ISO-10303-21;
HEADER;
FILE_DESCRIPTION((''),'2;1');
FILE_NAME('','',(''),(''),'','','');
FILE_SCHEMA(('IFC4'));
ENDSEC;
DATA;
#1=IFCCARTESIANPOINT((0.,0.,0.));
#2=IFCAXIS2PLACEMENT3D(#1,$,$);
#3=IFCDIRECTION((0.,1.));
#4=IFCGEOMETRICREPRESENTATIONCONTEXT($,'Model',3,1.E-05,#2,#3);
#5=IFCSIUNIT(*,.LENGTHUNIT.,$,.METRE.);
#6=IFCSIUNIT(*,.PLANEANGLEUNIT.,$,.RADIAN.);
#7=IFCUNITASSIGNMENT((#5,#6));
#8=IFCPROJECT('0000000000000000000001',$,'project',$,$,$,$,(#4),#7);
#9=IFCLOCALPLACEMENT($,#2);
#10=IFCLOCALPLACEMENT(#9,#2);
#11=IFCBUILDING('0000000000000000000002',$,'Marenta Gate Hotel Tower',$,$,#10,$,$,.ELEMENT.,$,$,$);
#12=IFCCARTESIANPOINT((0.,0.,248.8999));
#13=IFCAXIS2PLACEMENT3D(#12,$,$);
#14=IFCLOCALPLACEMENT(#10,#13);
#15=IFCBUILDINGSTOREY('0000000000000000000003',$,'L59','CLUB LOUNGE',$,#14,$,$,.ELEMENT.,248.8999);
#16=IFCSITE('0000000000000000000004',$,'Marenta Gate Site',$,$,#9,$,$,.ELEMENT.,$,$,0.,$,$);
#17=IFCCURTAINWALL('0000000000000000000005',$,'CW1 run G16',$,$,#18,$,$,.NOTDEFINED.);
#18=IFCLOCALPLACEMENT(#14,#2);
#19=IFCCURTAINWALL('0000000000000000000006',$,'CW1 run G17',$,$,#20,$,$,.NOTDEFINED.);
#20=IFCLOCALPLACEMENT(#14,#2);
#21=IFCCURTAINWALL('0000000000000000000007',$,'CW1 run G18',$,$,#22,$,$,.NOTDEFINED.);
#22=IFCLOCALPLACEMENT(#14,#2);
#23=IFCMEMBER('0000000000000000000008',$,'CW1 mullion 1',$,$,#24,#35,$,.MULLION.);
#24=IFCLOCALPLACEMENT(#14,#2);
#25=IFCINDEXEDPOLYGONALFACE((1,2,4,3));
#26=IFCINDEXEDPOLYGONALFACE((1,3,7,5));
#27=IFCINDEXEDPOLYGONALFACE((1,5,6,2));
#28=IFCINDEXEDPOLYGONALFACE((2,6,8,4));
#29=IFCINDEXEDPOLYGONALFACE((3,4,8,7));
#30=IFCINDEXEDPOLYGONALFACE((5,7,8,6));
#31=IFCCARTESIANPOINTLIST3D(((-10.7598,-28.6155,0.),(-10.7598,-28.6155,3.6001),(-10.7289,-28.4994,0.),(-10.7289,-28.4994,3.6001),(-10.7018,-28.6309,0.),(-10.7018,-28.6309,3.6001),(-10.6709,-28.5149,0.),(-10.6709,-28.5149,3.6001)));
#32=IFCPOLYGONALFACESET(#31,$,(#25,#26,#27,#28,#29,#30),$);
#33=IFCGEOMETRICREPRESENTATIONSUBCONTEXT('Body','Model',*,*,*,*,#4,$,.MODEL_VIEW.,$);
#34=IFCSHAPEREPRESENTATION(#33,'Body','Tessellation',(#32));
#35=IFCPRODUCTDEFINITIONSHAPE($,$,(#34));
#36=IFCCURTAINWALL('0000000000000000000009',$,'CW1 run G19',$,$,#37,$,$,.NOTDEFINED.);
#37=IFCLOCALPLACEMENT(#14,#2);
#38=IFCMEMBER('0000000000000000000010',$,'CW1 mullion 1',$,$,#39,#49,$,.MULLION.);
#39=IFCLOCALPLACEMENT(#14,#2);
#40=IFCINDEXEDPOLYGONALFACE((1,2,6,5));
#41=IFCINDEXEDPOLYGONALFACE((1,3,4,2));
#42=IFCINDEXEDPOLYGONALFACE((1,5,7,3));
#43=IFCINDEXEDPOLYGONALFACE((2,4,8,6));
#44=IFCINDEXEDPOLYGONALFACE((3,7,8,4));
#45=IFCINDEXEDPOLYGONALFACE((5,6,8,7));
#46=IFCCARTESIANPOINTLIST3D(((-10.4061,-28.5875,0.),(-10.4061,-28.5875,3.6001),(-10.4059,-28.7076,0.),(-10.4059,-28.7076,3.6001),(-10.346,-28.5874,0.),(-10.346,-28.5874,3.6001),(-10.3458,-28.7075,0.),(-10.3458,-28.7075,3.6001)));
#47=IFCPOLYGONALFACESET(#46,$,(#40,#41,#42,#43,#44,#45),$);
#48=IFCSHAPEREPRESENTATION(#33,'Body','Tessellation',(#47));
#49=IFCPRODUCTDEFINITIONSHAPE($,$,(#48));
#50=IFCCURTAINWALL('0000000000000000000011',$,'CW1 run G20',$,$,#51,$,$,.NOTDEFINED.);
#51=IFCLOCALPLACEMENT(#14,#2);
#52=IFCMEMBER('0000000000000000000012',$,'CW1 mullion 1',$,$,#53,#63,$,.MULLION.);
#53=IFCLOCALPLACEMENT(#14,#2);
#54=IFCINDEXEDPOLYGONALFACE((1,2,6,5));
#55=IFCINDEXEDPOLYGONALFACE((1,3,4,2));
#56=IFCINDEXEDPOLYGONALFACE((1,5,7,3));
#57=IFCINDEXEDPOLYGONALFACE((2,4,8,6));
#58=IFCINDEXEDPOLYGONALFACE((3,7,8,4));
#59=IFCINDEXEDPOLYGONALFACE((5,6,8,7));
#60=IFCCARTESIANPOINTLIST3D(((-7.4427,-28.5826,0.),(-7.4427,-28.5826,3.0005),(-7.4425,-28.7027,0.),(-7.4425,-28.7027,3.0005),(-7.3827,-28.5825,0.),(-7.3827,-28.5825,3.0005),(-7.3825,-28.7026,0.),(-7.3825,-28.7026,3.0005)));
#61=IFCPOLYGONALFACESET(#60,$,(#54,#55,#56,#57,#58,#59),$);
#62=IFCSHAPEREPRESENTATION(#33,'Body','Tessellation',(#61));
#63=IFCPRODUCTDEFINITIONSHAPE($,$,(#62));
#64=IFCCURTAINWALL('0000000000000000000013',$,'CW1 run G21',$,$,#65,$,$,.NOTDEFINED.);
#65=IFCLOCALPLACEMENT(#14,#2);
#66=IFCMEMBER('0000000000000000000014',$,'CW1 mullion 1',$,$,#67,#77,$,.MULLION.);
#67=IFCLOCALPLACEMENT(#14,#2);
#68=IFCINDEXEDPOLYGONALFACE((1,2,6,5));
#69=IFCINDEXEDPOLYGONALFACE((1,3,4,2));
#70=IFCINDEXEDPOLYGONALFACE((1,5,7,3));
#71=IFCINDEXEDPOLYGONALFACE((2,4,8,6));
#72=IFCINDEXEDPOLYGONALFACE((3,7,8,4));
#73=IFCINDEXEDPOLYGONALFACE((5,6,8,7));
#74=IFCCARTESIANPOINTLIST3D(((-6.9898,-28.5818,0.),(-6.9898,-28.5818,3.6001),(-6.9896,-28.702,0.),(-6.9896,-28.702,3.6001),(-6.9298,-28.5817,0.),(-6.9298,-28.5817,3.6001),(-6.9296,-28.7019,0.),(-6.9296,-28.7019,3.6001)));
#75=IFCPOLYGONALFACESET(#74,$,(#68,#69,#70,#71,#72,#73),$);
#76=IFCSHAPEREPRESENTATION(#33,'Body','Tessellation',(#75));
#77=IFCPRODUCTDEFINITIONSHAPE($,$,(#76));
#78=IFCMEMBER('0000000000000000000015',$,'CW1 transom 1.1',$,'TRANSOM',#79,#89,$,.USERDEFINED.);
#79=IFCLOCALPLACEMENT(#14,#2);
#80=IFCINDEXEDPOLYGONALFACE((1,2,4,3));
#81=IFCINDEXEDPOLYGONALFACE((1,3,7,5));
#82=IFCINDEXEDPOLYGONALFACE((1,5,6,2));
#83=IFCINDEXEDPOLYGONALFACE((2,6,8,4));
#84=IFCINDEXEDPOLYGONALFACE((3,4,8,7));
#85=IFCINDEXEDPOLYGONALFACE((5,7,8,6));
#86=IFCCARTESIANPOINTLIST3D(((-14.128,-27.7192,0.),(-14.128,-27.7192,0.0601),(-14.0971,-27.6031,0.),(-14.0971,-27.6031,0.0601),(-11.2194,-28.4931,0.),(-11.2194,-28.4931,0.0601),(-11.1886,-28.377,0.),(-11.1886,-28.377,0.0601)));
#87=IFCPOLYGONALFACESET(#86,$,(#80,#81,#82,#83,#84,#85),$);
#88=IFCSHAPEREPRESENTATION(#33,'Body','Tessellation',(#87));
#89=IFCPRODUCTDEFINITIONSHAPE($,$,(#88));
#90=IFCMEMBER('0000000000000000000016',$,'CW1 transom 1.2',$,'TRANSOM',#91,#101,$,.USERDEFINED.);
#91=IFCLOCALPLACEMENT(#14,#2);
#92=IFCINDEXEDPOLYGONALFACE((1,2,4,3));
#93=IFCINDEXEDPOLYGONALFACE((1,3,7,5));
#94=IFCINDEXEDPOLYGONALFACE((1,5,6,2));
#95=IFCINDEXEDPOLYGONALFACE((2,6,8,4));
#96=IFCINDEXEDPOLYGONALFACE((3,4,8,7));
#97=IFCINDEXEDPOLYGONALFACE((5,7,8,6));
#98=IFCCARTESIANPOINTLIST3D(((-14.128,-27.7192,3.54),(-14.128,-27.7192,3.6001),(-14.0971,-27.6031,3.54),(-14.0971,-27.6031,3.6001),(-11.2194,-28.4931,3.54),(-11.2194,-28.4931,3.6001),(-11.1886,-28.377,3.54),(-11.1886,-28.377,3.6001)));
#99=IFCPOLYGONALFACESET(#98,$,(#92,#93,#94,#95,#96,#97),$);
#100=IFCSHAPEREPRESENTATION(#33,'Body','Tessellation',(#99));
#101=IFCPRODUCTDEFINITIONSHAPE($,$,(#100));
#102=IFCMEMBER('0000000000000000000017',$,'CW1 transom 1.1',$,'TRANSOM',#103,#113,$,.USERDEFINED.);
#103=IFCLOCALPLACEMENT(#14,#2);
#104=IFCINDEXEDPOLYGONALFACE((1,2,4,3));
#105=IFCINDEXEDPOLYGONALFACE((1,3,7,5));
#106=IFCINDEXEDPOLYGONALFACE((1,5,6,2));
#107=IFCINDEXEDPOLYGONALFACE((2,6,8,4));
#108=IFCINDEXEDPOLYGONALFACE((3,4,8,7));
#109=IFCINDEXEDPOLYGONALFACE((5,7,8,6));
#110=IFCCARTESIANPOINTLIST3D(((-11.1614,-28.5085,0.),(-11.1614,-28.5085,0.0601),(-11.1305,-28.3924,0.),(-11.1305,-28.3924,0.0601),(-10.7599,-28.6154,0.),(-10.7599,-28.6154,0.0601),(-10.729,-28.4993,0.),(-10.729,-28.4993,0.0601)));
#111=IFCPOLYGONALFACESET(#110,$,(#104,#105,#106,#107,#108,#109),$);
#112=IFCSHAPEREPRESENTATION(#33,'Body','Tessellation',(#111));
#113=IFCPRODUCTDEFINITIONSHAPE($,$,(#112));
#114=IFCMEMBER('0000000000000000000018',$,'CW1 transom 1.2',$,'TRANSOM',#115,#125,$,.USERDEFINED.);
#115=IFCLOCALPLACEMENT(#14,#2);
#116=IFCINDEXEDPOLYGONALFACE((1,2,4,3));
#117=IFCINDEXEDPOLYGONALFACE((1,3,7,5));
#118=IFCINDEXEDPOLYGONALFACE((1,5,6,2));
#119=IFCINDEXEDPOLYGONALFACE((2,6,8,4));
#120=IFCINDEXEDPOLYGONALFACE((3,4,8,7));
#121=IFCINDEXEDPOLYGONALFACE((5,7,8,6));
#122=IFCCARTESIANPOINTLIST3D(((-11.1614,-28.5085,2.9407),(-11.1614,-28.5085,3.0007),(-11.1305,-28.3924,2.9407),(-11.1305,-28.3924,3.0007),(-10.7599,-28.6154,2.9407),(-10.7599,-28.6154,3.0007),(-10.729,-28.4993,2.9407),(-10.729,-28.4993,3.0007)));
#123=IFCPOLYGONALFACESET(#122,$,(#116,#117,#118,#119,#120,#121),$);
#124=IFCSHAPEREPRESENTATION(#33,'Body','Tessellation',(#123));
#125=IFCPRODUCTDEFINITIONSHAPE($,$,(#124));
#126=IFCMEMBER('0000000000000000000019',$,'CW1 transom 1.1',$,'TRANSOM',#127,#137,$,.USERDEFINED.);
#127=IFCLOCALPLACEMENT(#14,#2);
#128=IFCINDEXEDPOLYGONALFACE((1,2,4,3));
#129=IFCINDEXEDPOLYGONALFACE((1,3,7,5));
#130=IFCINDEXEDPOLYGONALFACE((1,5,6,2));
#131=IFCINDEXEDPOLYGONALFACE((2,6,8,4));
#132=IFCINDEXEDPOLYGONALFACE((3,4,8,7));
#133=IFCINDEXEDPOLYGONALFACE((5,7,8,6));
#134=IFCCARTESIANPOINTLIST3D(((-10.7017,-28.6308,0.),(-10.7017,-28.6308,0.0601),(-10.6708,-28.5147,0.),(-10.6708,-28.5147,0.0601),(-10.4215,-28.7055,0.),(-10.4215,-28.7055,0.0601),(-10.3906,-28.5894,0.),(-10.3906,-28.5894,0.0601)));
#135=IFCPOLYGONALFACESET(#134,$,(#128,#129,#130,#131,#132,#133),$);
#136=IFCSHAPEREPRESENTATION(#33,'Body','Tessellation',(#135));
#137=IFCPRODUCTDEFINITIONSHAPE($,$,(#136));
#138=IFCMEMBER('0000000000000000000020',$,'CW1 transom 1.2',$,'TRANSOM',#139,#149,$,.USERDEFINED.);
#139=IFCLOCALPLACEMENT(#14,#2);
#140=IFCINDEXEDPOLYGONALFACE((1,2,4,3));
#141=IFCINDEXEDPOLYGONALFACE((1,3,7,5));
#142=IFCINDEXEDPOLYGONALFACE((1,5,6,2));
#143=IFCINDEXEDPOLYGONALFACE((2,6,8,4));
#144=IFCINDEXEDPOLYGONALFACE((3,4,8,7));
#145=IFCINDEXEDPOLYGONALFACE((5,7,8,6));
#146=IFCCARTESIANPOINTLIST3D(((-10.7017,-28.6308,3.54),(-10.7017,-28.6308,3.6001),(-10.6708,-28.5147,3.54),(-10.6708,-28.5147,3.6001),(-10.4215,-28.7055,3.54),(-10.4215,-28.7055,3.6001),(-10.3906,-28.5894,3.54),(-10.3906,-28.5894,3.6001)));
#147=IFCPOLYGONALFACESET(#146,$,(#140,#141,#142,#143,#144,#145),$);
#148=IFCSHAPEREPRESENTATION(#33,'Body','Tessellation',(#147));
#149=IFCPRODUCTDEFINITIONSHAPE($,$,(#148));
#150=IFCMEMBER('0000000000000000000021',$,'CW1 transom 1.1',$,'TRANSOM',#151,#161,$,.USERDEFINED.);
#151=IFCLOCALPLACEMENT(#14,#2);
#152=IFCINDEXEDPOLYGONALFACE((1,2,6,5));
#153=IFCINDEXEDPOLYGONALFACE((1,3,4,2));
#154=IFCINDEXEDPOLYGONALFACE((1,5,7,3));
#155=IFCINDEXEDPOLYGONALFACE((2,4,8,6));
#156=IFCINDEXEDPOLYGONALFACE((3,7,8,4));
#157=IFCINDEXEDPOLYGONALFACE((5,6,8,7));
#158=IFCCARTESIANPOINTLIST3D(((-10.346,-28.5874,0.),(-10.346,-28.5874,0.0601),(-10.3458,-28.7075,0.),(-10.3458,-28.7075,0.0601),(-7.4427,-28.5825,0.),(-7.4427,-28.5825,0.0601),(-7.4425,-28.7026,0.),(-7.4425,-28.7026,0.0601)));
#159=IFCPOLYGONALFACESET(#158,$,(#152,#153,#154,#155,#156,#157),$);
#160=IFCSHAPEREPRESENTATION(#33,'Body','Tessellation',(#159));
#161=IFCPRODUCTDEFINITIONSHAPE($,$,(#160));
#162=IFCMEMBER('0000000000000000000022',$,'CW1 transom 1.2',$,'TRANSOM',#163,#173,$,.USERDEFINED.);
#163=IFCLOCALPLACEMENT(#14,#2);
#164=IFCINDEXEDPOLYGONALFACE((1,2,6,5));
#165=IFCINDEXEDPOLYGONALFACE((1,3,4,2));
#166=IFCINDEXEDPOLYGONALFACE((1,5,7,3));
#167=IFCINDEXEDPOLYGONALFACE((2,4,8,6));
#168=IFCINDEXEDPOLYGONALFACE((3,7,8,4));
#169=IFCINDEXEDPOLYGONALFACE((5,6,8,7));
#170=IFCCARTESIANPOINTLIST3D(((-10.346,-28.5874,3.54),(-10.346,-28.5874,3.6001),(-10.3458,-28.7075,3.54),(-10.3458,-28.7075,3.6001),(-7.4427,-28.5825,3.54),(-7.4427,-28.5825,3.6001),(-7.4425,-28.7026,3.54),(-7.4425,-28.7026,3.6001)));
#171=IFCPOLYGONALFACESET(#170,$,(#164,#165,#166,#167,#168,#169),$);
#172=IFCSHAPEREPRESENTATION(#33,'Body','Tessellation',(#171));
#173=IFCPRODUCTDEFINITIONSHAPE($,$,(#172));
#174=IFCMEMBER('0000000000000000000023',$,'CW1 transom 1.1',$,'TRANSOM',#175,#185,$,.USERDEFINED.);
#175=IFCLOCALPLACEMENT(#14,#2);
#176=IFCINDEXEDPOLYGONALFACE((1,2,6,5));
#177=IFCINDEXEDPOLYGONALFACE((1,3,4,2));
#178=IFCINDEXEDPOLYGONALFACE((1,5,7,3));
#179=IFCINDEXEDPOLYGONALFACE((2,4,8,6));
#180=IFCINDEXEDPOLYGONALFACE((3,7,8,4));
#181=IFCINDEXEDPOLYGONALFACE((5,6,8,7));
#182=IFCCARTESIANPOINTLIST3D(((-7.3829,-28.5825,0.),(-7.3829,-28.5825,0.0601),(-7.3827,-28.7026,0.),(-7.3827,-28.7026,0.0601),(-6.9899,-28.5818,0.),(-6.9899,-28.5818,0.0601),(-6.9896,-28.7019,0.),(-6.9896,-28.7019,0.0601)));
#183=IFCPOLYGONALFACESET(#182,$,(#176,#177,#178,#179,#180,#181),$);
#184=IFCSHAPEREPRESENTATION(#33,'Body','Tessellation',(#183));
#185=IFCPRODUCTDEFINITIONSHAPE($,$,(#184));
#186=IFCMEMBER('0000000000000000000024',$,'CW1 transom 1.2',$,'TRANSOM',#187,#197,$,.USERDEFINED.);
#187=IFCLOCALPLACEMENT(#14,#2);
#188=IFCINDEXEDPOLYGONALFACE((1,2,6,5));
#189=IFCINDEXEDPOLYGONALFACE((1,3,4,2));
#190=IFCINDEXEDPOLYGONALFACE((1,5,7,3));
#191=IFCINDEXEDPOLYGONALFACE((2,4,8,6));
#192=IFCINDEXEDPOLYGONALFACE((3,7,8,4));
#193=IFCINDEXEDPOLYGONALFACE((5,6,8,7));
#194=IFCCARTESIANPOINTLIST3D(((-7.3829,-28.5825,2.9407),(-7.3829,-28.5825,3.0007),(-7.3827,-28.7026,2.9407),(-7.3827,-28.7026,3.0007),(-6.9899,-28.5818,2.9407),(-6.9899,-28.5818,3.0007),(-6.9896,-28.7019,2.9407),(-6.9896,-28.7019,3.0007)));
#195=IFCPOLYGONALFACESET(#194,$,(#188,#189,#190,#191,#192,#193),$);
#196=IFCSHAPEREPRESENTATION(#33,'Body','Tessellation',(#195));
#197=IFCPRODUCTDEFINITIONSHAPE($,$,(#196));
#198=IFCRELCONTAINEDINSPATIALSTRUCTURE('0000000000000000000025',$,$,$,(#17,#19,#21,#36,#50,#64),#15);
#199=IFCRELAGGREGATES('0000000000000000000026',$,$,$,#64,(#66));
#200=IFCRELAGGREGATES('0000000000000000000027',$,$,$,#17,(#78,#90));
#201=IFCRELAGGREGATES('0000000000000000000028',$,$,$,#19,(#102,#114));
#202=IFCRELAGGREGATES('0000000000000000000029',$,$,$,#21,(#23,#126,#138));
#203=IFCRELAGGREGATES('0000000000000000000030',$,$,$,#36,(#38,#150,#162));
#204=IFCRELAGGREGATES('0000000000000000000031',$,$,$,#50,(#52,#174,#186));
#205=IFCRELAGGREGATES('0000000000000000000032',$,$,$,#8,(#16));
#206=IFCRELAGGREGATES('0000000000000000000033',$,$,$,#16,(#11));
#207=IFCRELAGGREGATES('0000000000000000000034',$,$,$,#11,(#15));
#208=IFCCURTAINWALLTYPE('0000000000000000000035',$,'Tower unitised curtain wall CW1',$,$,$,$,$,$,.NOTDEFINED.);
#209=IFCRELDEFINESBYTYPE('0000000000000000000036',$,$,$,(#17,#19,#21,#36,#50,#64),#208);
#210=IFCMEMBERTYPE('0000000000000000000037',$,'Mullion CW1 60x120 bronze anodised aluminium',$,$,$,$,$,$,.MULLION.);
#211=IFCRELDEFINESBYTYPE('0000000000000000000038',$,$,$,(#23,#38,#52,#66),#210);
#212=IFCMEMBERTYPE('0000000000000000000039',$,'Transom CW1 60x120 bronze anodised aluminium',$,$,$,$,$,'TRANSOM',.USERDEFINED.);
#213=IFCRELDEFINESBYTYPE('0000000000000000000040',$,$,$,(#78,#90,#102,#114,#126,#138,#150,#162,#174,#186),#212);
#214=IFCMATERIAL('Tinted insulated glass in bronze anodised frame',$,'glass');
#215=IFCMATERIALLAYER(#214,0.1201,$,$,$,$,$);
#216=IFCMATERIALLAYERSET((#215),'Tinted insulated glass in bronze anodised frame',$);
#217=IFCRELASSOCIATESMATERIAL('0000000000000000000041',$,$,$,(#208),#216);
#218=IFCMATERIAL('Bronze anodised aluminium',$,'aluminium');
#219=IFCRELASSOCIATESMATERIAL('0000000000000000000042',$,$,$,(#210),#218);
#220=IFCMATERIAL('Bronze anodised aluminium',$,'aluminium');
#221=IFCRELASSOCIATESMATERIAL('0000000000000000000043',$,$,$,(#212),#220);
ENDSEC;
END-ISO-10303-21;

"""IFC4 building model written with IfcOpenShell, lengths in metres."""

from ifc_helpers import new_model, si_unit, direction, frame, origin, origin_2d, place, context, subcontext, project, spatial, rectangle, extrude, material, layer, layer_set, material_profile, profile_set, type_object, element, aggregate, save


model = new_model("IFC4")

# Units and contexts
model_context = context("Model", 3, precision=1e-05, world=origin(), true_north=direction((0.0, 1.0)))
body_context = subcontext(model_context, "Body", "Model", "MODEL_VIEW")
ifc_project = project(units=[si_unit("LENGTHUNIT", "METRE"), si_unit("PLANEANGLEUNIT", "RADIAN")], contexts=[model_context])

# Site, building, storey
site_placement = place(None, origin())
site = spatial("IfcSite", under=ifc_project, at=site_placement, Name="Marenta Gate Site", CompositionType="ELEMENT", RefElevation=0.0)
building_placement = place(site_placement, origin())
building = spatial("IfcBuilding", under=site, at=building_placement, Name="Marenta Gate Hotel Tower", CompositionType="ELEMENT")
storey_placement = place(building_placement, frame((0.0, 0.0, 248.8999)))
storey = spatial("IfcBuildingStorey", under=building, at=storey_placement, Name="L59", Description="CLUB LOUNGE", CompositionType="ELEMENT", Elevation=248.8999)

# Curtain walls, members
ifc_material_1 = material(Name="Tinted insulated glass in bronze anodised frame", Category="glass")
ifc_layer_1 = layer(ifc_material_1, 0.1201)
ifc_layer_set_1 = layer_set([ifc_layer_1], Name="Tinted insulated glass in bronze anodised frame")
curtain_wall_type = type_object("IfcCurtainWallType", Name="Tower unitised curtain wall CW1", PredefinedType="NOTDEFINED", material=ifc_layer_set_1)
curtain_wall_1_placement = place(storey_placement, origin())
curtain_wall_1 = element("IfcCurtainWall", 1, at=curtain_wall_1_placement, inside=storey, type_object=curtain_wall_type, Name="CW1 run G16", PredefinedType="NOTDEFINED")
ifc_material_2 = material(Name="Bronze anodised aluminium", Category="aluminium")
ifc_material_profile_1 = material_profile(ifc_material_2, rectangle(XDim=0.1201, YDim=0.0601, at=origin_2d()), Name="Mullion CW1 60x120 bronze anodised aluminium")
ifc_profile_set_1 = profile_set([ifc_material_profile_1], Name="Bronze anodised aluminium")
member_type_1 = type_object("IfcMemberType", Name="Mullion CW1 60x120 bronze anodised aluminium", PredefinedType="MULLION", material=ifc_profile_set_1)
curtain_wall_2_placement = place(storey_placement, origin())
curtain_wall_2 = element("IfcCurtainWall", 2, at=curtain_wall_2_placement, inside=storey, type_object=curtain_wall_type, Name="CW1 run G17", PredefinedType="NOTDEFINED")
curtain_wall_3_placement = place(storey_placement, origin())
curtain_wall_3 = element("IfcCurtainWall", 3, at=curtain_wall_3_placement, inside=storey, type_object=curtain_wall_type, Name="CW1 run G18", PredefinedType="NOTDEFINED")
member_1_placement = place(storey_placement, frame((-10.7153, -28.5652, 0.0), z_axis=(0.0, 0.0, 1.0), x_axis=(0.25736, 0.966315, 0.0)))
member_1 = element("IfcMember", 4, at=member_1_placement, type_object=member_type_1, Name="CW1 mullion 1", PredefinedType="MULLION", context=body_context, shape_type="SweptSolid", body=[
    extrude(rectangle(XDim=0.1201, YDim=0.0601, at=origin_2d()), origin(), (0.0, 0.0, 1.0), 3.6001),
])
curtain_wall_4_placement = place(storey_placement, origin())
curtain_wall_4 = element("IfcCurtainWall", 5, at=curtain_wall_4_placement, inside=storey, type_object=curtain_wall_type, Name="CW1 run G19", PredefinedType="NOTDEFINED")
member_2_placement = place(storey_placement, frame((-10.376, -28.6475, 0.0), z_axis=(0.0, 0.0, 1.0), x_axis=(-0.001654, 0.999999, 0.0)))
member_2 = element("IfcMember", 6, at=member_2_placement, type_object=member_type_1, Name="CW1 mullion 1", PredefinedType="MULLION", context=body_context, shape_type="SweptSolid", body=[
    extrude(rectangle(XDim=0.1201, YDim=0.0601, at=origin_2d()), origin(), (0.0, 0.0, 1.0), 3.6001),
])
curtain_wall_5_placement = place(storey_placement, origin())
curtain_wall_5 = element("IfcCurtainWall", 7, at=curtain_wall_5_placement, inside=storey, type_object=curtain_wall_type, Name="CW1 run G20", PredefinedType="NOTDEFINED")
member_3_placement = place(storey_placement, frame((-7.4126, -28.6426, 0.0), z_axis=(0.0, 0.0, 1.0), x_axis=(-0.001766, 0.999998, 0.0)))
member_3 = element("IfcMember", 8, at=member_3_placement, type_object=member_type_1, Name="CW1 mullion 1", PredefinedType="MULLION", context=body_context, shape_type="SweptSolid", body=[
    extrude(rectangle(XDim=0.1201, YDim=0.0601, at=origin_2d()), origin(), (0.0, 0.0, 1.0), 3.0005),
])
curtain_wall_6_placement = place(storey_placement, origin())
curtain_wall_6 = element("IfcCurtainWall", 9, at=curtain_wall_6_placement, inside=storey, type_object=curtain_wall_type, Name="CW1 run G21", PredefinedType="NOTDEFINED")
member_4_placement = place(storey_placement, frame((-6.9597, -28.6418, 0.0), z_axis=(0.0, 0.0, 1.0), x_axis=(-0.001636, 0.999999, 0.0)))
member_4 = element("IfcMember", 10, at=member_4_placement, type_object=member_type_1, Name="CW1 mullion 1", PredefinedType="MULLION", context=body_context, shape_type="SweptSolid", body=[
    extrude(rectangle(XDim=0.1201, YDim=0.0601, at=origin_2d()), origin(), (0.0, 0.0, 1.0), 3.6001),
])

# Members
ifc_material_3 = material(Name="Bronze anodised aluminium", Category="aluminium")
ifc_material_profile_2 = material_profile(ifc_material_3, rectangle(XDim=0.1201, YDim=0.0601, at=origin_2d()), Name="Transom CW1 60x120 bronze anodised aluminium")
ifc_profile_set_2 = profile_set([ifc_material_profile_2], Name="Bronze anodised aluminium")
member_type_2 = type_object("IfcMemberType", Name="Transom CW1 60x120 bronze anodised aluminium", ElementType="TRANSOM", PredefinedType="USERDEFINED", material=ifc_profile_set_2)
member_5_placement = place(storey_placement, frame((-14.1125, -27.6611, 0.03), z_axis=(0.966372, -0.257148, 0.0), x_axis=(0.257148, 0.966372, 0.0)))
member_5 = element("IfcMember", 11, at=member_5_placement, type_object=member_type_2, Name="CW1 transom 1.1", ObjectType="TRANSOM", PredefinedType="USERDEFINED", context=body_context, shape_type="SweptSolid", body=[
    extrude(rectangle(XDim=0.1201, YDim=0.0601, at=origin_2d()), origin(), (0.0, 0.0, 1.0), 3.0098),
])
member_6_placement = place(storey_placement, frame((-14.1125, -27.6611, 3.5701), z_axis=(0.966372, -0.257148, 0.0), x_axis=(0.257148, 0.966372, 0.0)))
member_6 = element("IfcMember", 12, at=member_6_placement, type_object=member_type_2, Name="CW1 transom 1.2", ObjectType="TRANSOM", PredefinedType="USERDEFINED", context=body_context, shape_type="SweptSolid", body=[
    extrude(rectangle(XDim=0.1201, YDim=0.0601, at=origin_2d()), origin(), (0.0, 0.0, 1.0), 3.0098),
])
member_7_placement = place(storey_placement, frame((-11.146, -28.4504, 0.03), z_axis=(0.966332, -0.257297, 0.0), x_axis=(0.257297, 0.966332, 0.0)))
member_7 = element("IfcMember", 13, at=member_7_placement, type_object=member_type_2, Name="CW1 transom 1.1", ObjectType="TRANSOM", PredefinedType="USERDEFINED", context=body_context, shape_type="SweptSolid", body=[
    extrude(rectangle(XDim=0.1201, YDim=0.0601, at=origin_2d()), origin(), (0.0, 0.0, 1.0), 0.4155),
])
member_8_placement = place(storey_placement, frame((-11.146, -28.4504, 2.9707), z_axis=(0.966332, -0.257297, 0.0), x_axis=(0.257297, 0.966332, 0.0)))
member_8 = element("IfcMember", 14, at=member_8_placement, type_object=member_type_2, Name="CW1 transom 1.2", ObjectType="TRANSOM", PredefinedType="USERDEFINED", context=body_context, shape_type="SweptSolid", body=[
    extrude(rectangle(XDim=0.1201, YDim=0.0601, at=origin_2d()), origin(), (0.0, 0.0, 1.0), 0.4155),
])
member_9_placement = place(storey_placement, frame((-10.6863, -28.5728, 0.03), z_axis=(0.966263, -0.257558, 0.0), x_axis=(0.257558, 0.966263, 0.0)))
member_9 = element("IfcMember", 15, at=member_9_placement, type_object=member_type_2, Name="CW1 transom 1.1", ObjectType="TRANSOM", PredefinedType="USERDEFINED", context=body_context, shape_type="SweptSolid", body=[
    extrude(rectangle(XDim=0.1201, YDim=0.0601, at=origin_2d()), origin(), (0.0, 0.0, 1.0), 0.29),
])
member_10_placement = place(storey_placement, frame((-10.6863, -28.5728, 3.5701), z_axis=(0.966263, -0.257558, 0.0), x_axis=(0.257558, 0.966263, 0.0)))
member_10 = element("IfcMember", 16, at=member_10_placement, type_object=member_type_2, Name="CW1 transom 1.2", ObjectType="TRANSOM", PredefinedType="USERDEFINED", context=body_context, shape_type="SweptSolid", body=[
    extrude(rectangle(XDim=0.1201, YDim=0.0601, at=origin_2d()), origin(), (0.0, 0.0, 1.0), 0.29),
])
member_11_placement = place(storey_placement, frame((-10.3459, -28.6475, 0.03), z_axis=(0.999999, 0.001682, 0.0), x_axis=(-0.001682, 0.999999, 0.0)))
member_11 = element("IfcMember", 17, at=member_11_placement, type_object=member_type_2, Name="CW1 transom 1.1", ObjectType="TRANSOM", PredefinedType="USERDEFINED", context=body_context, shape_type="SweptSolid", body=[
    extrude(rectangle(XDim=0.1201, YDim=0.0601, at=origin_2d()), origin(), (0.0, 0.0, 1.0), 2.9033),
])
member_12_placement = place(storey_placement, frame((-10.3459, -28.6475, 3.5701), z_axis=(0.999999, 0.001682, 0.0), x_axis=(-0.001682, 0.999999, 0.0)))
member_12 = element("IfcMember", 18, at=member_12_placement, type_object=member_type_2, Name="CW1 transom 1.2", ObjectType="TRANSOM", PredefinedType="USERDEFINED", context=body_context, shape_type="SweptSolid", body=[
    extrude(rectangle(XDim=0.1201, YDim=0.0601, at=origin_2d()), origin(), (0.0, 0.0, 1.0), 2.9033),
])
member_13_placement = place(storey_placement, frame((-7.3828, -28.6426, 0.03), z_axis=(0.999998, 0.001863, 0.0), x_axis=(-0.001863, 0.999998, 0.0)))
member_13 = element("IfcMember", 19, at=member_13_placement, type_object=member_type_2, Name="CW1 transom 1.1", ObjectType="TRANSOM", PredefinedType="USERDEFINED", context=body_context, shape_type="SweptSolid", body=[
    extrude(rectangle(XDim=0.1201, YDim=0.0601, at=origin_2d()), origin(), (0.0, 0.0, 1.0), 0.3931),
])
member_14_placement = place(storey_placement, frame((-7.3828, -28.6426, 2.9707), z_axis=(0.999998, 0.001863, 0.0), x_axis=(-0.001863, 0.999998, 0.0)))
member_14 = element("IfcMember", 20, at=member_14_placement, type_object=member_type_2, Name="CW1 transom 1.2", ObjectType="TRANSOM", PredefinedType="USERDEFINED", context=body_context, shape_type="SweptSolid", body=[
    extrude(rectangle(XDim=0.1201, YDim=0.0601, at=origin_2d()), origin(), (0.0, 0.0, 1.0), 0.3931),
])
aggregate(curtain_wall_6, [member_4])

aggregate(curtain_wall_1, [member_5, member_6])
aggregate(curtain_wall_2, [member_7, member_8])
aggregate(curtain_wall_3, [member_1, member_9, member_10])
aggregate(curtain_wall_4, [member_2, member_11, member_12])
aggregate(curtain_wall_5, [member_3, member_13, member_14])

save(model, "model.ifc")
